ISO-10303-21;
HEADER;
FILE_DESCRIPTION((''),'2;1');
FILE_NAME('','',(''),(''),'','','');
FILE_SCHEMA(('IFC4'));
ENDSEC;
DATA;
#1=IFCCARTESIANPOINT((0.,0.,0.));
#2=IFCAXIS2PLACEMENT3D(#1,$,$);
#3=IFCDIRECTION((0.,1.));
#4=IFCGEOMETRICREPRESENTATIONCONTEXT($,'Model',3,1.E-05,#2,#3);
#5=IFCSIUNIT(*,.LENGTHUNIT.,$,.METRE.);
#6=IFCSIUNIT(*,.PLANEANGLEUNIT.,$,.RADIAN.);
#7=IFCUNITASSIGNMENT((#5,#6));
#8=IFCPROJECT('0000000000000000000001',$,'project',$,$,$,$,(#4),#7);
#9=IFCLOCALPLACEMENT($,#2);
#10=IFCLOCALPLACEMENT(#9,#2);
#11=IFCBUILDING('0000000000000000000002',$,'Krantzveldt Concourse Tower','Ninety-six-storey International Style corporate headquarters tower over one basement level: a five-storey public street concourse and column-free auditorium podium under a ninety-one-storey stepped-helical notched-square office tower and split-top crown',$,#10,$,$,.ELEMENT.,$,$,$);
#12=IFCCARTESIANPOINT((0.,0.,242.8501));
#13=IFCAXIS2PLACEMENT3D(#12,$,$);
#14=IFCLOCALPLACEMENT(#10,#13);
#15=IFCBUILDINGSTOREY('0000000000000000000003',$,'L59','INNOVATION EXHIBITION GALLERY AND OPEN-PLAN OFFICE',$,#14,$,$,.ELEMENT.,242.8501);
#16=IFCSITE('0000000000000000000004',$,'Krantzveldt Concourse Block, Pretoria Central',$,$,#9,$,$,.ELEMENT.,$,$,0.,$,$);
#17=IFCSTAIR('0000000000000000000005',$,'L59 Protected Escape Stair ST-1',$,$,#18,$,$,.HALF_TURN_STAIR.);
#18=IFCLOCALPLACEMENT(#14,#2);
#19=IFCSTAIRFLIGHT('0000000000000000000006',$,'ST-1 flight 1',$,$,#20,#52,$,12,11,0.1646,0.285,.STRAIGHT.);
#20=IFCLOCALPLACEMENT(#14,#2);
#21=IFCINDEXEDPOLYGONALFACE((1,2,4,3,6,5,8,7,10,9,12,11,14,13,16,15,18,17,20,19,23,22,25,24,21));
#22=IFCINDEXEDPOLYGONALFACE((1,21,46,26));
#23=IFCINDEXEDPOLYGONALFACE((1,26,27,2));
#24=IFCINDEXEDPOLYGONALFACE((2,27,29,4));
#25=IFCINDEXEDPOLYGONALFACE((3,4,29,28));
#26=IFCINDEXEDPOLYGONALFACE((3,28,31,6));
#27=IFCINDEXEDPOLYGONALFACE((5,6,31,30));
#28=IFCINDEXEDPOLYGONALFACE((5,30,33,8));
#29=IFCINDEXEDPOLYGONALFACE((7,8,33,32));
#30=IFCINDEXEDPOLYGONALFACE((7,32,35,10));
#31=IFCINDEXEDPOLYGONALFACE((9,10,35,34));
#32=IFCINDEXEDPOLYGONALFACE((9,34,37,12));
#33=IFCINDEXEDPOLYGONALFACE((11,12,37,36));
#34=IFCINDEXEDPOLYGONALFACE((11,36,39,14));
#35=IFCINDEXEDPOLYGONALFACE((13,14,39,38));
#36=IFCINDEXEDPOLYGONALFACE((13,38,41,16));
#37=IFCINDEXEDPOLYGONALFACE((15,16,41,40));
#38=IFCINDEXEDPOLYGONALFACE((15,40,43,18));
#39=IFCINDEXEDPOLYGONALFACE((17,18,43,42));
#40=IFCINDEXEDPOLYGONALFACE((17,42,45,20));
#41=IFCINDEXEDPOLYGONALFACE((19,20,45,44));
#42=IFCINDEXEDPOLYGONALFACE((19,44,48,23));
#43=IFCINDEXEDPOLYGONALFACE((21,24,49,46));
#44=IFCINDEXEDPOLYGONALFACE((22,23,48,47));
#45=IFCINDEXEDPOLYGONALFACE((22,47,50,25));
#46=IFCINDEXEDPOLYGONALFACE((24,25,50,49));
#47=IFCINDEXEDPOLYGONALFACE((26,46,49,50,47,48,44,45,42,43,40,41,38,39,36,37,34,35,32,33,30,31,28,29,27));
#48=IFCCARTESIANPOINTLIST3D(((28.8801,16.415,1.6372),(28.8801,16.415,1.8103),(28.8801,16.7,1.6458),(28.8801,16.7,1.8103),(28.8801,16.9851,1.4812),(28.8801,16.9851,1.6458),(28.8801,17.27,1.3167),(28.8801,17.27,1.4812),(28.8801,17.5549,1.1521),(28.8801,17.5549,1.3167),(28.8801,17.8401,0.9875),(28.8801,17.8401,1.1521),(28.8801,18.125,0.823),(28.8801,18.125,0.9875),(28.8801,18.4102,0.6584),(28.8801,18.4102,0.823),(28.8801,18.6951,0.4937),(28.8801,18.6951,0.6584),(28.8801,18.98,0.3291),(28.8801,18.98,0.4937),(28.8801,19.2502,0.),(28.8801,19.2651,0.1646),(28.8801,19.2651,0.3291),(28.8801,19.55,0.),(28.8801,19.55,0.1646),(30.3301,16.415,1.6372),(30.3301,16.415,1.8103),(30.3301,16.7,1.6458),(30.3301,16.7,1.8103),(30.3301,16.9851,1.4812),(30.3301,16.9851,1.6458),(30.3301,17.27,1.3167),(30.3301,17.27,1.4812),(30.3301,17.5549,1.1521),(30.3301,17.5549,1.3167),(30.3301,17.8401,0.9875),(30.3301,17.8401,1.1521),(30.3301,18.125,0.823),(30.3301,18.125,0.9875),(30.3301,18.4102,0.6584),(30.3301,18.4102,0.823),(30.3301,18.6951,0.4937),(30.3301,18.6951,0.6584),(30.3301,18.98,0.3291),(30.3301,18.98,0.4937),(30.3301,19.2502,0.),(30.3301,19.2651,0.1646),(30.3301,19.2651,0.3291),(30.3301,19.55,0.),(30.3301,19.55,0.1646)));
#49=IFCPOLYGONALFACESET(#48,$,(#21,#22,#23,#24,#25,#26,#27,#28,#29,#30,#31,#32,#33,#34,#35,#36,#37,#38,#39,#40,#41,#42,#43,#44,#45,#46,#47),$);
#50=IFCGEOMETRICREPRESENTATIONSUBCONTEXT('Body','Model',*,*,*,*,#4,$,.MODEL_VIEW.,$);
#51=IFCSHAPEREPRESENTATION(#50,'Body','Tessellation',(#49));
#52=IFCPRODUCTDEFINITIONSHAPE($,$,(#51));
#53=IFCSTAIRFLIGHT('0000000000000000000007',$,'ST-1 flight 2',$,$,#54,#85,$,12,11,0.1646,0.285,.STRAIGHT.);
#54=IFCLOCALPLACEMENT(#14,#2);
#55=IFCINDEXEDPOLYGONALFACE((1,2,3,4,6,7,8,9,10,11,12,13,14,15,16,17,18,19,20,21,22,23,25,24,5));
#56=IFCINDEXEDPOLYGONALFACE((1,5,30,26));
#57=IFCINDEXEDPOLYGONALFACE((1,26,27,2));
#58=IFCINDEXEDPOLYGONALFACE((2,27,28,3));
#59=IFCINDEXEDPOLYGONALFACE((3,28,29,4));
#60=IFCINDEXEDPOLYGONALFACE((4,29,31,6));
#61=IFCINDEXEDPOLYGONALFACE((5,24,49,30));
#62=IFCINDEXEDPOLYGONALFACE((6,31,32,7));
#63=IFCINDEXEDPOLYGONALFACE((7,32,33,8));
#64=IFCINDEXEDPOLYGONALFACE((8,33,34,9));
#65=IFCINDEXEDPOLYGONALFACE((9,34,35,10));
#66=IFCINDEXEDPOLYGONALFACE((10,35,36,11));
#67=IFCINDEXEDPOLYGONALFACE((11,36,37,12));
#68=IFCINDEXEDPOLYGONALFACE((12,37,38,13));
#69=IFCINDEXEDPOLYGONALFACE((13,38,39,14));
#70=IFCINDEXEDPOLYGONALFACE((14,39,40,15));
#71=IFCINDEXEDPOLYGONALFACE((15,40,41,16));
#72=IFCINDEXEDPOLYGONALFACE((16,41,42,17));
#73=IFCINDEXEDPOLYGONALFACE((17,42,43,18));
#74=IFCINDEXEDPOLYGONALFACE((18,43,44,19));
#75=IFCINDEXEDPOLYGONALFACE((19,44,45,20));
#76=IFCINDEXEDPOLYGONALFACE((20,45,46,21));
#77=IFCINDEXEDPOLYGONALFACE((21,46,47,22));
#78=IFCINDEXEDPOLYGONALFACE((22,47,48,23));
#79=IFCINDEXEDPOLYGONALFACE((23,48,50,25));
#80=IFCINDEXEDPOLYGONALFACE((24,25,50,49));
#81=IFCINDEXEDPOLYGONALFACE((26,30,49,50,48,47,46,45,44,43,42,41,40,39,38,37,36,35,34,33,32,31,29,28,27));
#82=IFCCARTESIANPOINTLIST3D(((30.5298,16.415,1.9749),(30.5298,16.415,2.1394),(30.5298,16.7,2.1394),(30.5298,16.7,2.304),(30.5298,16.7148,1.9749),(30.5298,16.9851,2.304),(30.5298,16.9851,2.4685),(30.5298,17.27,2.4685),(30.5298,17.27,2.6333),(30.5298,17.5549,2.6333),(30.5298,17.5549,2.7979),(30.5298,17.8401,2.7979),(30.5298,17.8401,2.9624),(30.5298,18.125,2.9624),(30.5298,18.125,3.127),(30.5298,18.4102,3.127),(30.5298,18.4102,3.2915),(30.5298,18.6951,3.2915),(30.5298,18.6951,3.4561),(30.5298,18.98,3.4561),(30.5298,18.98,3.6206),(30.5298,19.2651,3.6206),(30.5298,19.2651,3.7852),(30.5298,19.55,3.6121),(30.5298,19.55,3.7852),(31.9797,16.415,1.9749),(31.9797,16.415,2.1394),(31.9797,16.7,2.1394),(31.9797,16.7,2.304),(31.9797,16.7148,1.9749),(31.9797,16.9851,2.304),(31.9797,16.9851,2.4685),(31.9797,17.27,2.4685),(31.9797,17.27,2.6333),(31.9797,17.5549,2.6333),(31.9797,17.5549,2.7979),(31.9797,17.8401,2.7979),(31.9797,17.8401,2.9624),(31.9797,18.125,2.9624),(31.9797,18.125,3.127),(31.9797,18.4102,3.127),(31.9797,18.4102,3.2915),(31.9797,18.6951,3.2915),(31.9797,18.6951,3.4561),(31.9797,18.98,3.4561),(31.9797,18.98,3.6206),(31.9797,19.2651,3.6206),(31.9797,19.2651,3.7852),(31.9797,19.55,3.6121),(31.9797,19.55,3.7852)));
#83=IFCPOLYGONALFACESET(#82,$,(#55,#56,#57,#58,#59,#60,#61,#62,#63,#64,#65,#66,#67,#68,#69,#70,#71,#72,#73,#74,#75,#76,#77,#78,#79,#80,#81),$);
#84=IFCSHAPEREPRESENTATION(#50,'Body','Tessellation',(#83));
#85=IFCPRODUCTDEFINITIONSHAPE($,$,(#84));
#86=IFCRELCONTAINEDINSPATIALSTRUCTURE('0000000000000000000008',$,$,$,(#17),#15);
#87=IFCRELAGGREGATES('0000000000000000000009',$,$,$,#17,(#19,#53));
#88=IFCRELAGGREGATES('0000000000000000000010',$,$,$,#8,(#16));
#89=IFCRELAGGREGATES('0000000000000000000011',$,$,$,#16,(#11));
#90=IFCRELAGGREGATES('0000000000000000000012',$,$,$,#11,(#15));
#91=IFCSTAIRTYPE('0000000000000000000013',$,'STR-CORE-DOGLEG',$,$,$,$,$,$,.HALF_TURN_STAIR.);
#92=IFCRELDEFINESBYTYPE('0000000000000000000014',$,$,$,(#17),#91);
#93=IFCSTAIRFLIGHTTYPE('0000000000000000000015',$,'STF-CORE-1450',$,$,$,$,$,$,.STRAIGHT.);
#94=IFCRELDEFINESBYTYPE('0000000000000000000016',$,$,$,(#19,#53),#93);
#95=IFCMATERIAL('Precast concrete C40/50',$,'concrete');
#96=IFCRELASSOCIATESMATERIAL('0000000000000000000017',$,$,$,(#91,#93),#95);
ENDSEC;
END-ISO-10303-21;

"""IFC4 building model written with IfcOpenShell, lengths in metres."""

from ifc_helpers import new_model, si_unit, direction, frame, origin, place, context, subcontext, project, spatial, polyline, outline, extrude, material, type_object, element, aggregate, save


model = new_model("IFC4")

# Units and contexts
model_context = context("Model", 3, precision=1e-05, world=origin(), true_north=direction((0.0, 1.0)))
body_context = subcontext(model_context, "Body", "Model", "MODEL_VIEW")
ifc_project = project(units=[si_unit("LENGTHUNIT", "METRE"), si_unit("PLANEANGLEUNIT", "RADIAN")], contexts=[model_context])

# Site, building, storey
site_placement = place(None, origin())
site = spatial("IfcSite", under=ifc_project, at=site_placement, Name="Krantzveldt Concourse Block, Pretoria Central", CompositionType="ELEMENT", RefElevation=0.0)
building_placement = place(site_placement, origin())
building = spatial("IfcBuilding", under=site, at=building_placement, Name="Krantzveldt Concourse Tower", Description="Ninety-six-storey International Style corporate headquarters tower over one basement level: a five-storey public street concourse and column-free auditorium podium under a ninety-one-storey stepped-helical notched-square office tower and split-top crown", CompositionType="ELEMENT")
storey_placement = place(building_placement, frame((0.0, 0.0, 242.8501)))
storey = spatial("IfcBuildingStorey", under=building, at=storey_placement, Name="L59", Description="INNOVATION EXHIBITION GALLERY AND OPEN-PLAN OFFICE", CompositionType="ELEMENT", Elevation=242.8501)

# Stair, stair flights
ifc_material_1 = material(Name="Precast concrete C40/50", Category="concrete")
stair_type = type_object("IfcStairType", Name="STR-CORE-DOGLEG", PredefinedType="HALF_TURN_STAIR", material=ifc_material_1)
stair_placement = place(storey_placement, origin())
stair = element("IfcStair", 1, at=stair_placement, inside=storey, type_object=stair_type, Name="L59 Protected Escape Stair ST-1", PredefinedType="HALF_TURN_STAIR")
stair_flight_type = type_object("IfcStairFlightType", Name="STF-CORE-1450", PredefinedType="STRAIGHT", material=ifc_material_1)
stair_flight_1_placement = place(storey_placement, frame((29.605, 19.55, 0.0), z_axis=(0.0, 0.0, 1.0), x_axis=(0.0, -1.0, 0.0)))
stair_flight_1 = element("IfcStairFlight", 2, at=stair_flight_1_placement, type_object=stair_flight_type, Name="ST-1 flight 1", NumberOfRisers=12, NumberOfTreads=11, PredefinedType="STRAIGHT", RiserHeight=0.1646, TreadLength=0.285, context=body_context, shape_type="SweptSolid", body=[
    extrude(outline(polyline([(0.0, 0.0), (0.0, 0.1646), (0.2849, 0.1646), (0.2849, 0.3291), (0.5701, 0.3291), (0.5701, 0.4937), (0.855, 0.4937), (0.855, 0.6584), (1.1399, 0.6584), (1.1399, 0.823), (1.425, 0.823), (1.425, 0.9875), (1.71, 0.9875), (1.71, 1.1521), (1.9951, 1.1521), (1.9951, 1.3167), (2.28, 1.3167), (2.28, 1.4812), (2.5649, 1.4812), (2.5649, 1.6458), (2.8501, 1.6458), (2.8501, 1.8103), (3.135, 1.8103), (3.135, 1.9751), (3.135, 1.6372), (0.2998, 0.0), (0.0, 0.0)])), frame((0.0, 0.7251, 0.0), z_axis=(0.0, -1.0, 0.0), x_axis=(1.0, 0.0, 0.0)), (0.0, 0.0, 1.0), 1.45),
])
stair_flight_2_placement = place(storey_placement, frame((31.2549, 16.415, 1.9749), z_axis=(0.0, 0.0, 1.0), x_axis=(0.0, 1.0, 0.0)))
stair_flight_2 = element("IfcStairFlight", 3, at=stair_flight_2_placement, type_object=stair_flight_type, Name="ST-1 flight 2", NumberOfRisers=12, NumberOfTreads=11, PredefinedType="STRAIGHT", RiserHeight=0.1646, TreadLength=0.285, context=body_context, shape_type="SweptSolid", body=[
    extrude(outline(polyline([(0.0, 0.0), (0.0, 0.1646), (0.2849, 0.1646), (0.2849, 0.3291), (0.5701, 0.3291), (0.5701, 0.4937), (0.855, 0.4937), (0.855, 0.6584), (1.1399, 0.6584), (1.1399, 0.823), (1.425, 0.823), (1.425, 0.9875), (1.71, 0.9875), (1.71, 1.1521), (1.9951, 1.1521), (1.9951, 1.3167), (2.28, 1.3167), (2.28, 1.4812), (2.5649, 1.4812), (2.5649, 1.6458), (2.8501, 1.6458), (2.8501, 1.8103), (3.135, 1.8103), (3.135, 1.9751), (3.135, 1.6372), (0.2998, 0.0), (0.0, 0.0)])), frame((0.0, 0.7251, 0.0), z_axis=(0.0, -1.0, 0.0), x_axis=(1.0, 0.0, 0.0)), (0.0, 0.0, 1.0), 1.45),
])
aggregate(stair, [stair_flight_1, stair_flight_2])

save(model, "model.ifc")
